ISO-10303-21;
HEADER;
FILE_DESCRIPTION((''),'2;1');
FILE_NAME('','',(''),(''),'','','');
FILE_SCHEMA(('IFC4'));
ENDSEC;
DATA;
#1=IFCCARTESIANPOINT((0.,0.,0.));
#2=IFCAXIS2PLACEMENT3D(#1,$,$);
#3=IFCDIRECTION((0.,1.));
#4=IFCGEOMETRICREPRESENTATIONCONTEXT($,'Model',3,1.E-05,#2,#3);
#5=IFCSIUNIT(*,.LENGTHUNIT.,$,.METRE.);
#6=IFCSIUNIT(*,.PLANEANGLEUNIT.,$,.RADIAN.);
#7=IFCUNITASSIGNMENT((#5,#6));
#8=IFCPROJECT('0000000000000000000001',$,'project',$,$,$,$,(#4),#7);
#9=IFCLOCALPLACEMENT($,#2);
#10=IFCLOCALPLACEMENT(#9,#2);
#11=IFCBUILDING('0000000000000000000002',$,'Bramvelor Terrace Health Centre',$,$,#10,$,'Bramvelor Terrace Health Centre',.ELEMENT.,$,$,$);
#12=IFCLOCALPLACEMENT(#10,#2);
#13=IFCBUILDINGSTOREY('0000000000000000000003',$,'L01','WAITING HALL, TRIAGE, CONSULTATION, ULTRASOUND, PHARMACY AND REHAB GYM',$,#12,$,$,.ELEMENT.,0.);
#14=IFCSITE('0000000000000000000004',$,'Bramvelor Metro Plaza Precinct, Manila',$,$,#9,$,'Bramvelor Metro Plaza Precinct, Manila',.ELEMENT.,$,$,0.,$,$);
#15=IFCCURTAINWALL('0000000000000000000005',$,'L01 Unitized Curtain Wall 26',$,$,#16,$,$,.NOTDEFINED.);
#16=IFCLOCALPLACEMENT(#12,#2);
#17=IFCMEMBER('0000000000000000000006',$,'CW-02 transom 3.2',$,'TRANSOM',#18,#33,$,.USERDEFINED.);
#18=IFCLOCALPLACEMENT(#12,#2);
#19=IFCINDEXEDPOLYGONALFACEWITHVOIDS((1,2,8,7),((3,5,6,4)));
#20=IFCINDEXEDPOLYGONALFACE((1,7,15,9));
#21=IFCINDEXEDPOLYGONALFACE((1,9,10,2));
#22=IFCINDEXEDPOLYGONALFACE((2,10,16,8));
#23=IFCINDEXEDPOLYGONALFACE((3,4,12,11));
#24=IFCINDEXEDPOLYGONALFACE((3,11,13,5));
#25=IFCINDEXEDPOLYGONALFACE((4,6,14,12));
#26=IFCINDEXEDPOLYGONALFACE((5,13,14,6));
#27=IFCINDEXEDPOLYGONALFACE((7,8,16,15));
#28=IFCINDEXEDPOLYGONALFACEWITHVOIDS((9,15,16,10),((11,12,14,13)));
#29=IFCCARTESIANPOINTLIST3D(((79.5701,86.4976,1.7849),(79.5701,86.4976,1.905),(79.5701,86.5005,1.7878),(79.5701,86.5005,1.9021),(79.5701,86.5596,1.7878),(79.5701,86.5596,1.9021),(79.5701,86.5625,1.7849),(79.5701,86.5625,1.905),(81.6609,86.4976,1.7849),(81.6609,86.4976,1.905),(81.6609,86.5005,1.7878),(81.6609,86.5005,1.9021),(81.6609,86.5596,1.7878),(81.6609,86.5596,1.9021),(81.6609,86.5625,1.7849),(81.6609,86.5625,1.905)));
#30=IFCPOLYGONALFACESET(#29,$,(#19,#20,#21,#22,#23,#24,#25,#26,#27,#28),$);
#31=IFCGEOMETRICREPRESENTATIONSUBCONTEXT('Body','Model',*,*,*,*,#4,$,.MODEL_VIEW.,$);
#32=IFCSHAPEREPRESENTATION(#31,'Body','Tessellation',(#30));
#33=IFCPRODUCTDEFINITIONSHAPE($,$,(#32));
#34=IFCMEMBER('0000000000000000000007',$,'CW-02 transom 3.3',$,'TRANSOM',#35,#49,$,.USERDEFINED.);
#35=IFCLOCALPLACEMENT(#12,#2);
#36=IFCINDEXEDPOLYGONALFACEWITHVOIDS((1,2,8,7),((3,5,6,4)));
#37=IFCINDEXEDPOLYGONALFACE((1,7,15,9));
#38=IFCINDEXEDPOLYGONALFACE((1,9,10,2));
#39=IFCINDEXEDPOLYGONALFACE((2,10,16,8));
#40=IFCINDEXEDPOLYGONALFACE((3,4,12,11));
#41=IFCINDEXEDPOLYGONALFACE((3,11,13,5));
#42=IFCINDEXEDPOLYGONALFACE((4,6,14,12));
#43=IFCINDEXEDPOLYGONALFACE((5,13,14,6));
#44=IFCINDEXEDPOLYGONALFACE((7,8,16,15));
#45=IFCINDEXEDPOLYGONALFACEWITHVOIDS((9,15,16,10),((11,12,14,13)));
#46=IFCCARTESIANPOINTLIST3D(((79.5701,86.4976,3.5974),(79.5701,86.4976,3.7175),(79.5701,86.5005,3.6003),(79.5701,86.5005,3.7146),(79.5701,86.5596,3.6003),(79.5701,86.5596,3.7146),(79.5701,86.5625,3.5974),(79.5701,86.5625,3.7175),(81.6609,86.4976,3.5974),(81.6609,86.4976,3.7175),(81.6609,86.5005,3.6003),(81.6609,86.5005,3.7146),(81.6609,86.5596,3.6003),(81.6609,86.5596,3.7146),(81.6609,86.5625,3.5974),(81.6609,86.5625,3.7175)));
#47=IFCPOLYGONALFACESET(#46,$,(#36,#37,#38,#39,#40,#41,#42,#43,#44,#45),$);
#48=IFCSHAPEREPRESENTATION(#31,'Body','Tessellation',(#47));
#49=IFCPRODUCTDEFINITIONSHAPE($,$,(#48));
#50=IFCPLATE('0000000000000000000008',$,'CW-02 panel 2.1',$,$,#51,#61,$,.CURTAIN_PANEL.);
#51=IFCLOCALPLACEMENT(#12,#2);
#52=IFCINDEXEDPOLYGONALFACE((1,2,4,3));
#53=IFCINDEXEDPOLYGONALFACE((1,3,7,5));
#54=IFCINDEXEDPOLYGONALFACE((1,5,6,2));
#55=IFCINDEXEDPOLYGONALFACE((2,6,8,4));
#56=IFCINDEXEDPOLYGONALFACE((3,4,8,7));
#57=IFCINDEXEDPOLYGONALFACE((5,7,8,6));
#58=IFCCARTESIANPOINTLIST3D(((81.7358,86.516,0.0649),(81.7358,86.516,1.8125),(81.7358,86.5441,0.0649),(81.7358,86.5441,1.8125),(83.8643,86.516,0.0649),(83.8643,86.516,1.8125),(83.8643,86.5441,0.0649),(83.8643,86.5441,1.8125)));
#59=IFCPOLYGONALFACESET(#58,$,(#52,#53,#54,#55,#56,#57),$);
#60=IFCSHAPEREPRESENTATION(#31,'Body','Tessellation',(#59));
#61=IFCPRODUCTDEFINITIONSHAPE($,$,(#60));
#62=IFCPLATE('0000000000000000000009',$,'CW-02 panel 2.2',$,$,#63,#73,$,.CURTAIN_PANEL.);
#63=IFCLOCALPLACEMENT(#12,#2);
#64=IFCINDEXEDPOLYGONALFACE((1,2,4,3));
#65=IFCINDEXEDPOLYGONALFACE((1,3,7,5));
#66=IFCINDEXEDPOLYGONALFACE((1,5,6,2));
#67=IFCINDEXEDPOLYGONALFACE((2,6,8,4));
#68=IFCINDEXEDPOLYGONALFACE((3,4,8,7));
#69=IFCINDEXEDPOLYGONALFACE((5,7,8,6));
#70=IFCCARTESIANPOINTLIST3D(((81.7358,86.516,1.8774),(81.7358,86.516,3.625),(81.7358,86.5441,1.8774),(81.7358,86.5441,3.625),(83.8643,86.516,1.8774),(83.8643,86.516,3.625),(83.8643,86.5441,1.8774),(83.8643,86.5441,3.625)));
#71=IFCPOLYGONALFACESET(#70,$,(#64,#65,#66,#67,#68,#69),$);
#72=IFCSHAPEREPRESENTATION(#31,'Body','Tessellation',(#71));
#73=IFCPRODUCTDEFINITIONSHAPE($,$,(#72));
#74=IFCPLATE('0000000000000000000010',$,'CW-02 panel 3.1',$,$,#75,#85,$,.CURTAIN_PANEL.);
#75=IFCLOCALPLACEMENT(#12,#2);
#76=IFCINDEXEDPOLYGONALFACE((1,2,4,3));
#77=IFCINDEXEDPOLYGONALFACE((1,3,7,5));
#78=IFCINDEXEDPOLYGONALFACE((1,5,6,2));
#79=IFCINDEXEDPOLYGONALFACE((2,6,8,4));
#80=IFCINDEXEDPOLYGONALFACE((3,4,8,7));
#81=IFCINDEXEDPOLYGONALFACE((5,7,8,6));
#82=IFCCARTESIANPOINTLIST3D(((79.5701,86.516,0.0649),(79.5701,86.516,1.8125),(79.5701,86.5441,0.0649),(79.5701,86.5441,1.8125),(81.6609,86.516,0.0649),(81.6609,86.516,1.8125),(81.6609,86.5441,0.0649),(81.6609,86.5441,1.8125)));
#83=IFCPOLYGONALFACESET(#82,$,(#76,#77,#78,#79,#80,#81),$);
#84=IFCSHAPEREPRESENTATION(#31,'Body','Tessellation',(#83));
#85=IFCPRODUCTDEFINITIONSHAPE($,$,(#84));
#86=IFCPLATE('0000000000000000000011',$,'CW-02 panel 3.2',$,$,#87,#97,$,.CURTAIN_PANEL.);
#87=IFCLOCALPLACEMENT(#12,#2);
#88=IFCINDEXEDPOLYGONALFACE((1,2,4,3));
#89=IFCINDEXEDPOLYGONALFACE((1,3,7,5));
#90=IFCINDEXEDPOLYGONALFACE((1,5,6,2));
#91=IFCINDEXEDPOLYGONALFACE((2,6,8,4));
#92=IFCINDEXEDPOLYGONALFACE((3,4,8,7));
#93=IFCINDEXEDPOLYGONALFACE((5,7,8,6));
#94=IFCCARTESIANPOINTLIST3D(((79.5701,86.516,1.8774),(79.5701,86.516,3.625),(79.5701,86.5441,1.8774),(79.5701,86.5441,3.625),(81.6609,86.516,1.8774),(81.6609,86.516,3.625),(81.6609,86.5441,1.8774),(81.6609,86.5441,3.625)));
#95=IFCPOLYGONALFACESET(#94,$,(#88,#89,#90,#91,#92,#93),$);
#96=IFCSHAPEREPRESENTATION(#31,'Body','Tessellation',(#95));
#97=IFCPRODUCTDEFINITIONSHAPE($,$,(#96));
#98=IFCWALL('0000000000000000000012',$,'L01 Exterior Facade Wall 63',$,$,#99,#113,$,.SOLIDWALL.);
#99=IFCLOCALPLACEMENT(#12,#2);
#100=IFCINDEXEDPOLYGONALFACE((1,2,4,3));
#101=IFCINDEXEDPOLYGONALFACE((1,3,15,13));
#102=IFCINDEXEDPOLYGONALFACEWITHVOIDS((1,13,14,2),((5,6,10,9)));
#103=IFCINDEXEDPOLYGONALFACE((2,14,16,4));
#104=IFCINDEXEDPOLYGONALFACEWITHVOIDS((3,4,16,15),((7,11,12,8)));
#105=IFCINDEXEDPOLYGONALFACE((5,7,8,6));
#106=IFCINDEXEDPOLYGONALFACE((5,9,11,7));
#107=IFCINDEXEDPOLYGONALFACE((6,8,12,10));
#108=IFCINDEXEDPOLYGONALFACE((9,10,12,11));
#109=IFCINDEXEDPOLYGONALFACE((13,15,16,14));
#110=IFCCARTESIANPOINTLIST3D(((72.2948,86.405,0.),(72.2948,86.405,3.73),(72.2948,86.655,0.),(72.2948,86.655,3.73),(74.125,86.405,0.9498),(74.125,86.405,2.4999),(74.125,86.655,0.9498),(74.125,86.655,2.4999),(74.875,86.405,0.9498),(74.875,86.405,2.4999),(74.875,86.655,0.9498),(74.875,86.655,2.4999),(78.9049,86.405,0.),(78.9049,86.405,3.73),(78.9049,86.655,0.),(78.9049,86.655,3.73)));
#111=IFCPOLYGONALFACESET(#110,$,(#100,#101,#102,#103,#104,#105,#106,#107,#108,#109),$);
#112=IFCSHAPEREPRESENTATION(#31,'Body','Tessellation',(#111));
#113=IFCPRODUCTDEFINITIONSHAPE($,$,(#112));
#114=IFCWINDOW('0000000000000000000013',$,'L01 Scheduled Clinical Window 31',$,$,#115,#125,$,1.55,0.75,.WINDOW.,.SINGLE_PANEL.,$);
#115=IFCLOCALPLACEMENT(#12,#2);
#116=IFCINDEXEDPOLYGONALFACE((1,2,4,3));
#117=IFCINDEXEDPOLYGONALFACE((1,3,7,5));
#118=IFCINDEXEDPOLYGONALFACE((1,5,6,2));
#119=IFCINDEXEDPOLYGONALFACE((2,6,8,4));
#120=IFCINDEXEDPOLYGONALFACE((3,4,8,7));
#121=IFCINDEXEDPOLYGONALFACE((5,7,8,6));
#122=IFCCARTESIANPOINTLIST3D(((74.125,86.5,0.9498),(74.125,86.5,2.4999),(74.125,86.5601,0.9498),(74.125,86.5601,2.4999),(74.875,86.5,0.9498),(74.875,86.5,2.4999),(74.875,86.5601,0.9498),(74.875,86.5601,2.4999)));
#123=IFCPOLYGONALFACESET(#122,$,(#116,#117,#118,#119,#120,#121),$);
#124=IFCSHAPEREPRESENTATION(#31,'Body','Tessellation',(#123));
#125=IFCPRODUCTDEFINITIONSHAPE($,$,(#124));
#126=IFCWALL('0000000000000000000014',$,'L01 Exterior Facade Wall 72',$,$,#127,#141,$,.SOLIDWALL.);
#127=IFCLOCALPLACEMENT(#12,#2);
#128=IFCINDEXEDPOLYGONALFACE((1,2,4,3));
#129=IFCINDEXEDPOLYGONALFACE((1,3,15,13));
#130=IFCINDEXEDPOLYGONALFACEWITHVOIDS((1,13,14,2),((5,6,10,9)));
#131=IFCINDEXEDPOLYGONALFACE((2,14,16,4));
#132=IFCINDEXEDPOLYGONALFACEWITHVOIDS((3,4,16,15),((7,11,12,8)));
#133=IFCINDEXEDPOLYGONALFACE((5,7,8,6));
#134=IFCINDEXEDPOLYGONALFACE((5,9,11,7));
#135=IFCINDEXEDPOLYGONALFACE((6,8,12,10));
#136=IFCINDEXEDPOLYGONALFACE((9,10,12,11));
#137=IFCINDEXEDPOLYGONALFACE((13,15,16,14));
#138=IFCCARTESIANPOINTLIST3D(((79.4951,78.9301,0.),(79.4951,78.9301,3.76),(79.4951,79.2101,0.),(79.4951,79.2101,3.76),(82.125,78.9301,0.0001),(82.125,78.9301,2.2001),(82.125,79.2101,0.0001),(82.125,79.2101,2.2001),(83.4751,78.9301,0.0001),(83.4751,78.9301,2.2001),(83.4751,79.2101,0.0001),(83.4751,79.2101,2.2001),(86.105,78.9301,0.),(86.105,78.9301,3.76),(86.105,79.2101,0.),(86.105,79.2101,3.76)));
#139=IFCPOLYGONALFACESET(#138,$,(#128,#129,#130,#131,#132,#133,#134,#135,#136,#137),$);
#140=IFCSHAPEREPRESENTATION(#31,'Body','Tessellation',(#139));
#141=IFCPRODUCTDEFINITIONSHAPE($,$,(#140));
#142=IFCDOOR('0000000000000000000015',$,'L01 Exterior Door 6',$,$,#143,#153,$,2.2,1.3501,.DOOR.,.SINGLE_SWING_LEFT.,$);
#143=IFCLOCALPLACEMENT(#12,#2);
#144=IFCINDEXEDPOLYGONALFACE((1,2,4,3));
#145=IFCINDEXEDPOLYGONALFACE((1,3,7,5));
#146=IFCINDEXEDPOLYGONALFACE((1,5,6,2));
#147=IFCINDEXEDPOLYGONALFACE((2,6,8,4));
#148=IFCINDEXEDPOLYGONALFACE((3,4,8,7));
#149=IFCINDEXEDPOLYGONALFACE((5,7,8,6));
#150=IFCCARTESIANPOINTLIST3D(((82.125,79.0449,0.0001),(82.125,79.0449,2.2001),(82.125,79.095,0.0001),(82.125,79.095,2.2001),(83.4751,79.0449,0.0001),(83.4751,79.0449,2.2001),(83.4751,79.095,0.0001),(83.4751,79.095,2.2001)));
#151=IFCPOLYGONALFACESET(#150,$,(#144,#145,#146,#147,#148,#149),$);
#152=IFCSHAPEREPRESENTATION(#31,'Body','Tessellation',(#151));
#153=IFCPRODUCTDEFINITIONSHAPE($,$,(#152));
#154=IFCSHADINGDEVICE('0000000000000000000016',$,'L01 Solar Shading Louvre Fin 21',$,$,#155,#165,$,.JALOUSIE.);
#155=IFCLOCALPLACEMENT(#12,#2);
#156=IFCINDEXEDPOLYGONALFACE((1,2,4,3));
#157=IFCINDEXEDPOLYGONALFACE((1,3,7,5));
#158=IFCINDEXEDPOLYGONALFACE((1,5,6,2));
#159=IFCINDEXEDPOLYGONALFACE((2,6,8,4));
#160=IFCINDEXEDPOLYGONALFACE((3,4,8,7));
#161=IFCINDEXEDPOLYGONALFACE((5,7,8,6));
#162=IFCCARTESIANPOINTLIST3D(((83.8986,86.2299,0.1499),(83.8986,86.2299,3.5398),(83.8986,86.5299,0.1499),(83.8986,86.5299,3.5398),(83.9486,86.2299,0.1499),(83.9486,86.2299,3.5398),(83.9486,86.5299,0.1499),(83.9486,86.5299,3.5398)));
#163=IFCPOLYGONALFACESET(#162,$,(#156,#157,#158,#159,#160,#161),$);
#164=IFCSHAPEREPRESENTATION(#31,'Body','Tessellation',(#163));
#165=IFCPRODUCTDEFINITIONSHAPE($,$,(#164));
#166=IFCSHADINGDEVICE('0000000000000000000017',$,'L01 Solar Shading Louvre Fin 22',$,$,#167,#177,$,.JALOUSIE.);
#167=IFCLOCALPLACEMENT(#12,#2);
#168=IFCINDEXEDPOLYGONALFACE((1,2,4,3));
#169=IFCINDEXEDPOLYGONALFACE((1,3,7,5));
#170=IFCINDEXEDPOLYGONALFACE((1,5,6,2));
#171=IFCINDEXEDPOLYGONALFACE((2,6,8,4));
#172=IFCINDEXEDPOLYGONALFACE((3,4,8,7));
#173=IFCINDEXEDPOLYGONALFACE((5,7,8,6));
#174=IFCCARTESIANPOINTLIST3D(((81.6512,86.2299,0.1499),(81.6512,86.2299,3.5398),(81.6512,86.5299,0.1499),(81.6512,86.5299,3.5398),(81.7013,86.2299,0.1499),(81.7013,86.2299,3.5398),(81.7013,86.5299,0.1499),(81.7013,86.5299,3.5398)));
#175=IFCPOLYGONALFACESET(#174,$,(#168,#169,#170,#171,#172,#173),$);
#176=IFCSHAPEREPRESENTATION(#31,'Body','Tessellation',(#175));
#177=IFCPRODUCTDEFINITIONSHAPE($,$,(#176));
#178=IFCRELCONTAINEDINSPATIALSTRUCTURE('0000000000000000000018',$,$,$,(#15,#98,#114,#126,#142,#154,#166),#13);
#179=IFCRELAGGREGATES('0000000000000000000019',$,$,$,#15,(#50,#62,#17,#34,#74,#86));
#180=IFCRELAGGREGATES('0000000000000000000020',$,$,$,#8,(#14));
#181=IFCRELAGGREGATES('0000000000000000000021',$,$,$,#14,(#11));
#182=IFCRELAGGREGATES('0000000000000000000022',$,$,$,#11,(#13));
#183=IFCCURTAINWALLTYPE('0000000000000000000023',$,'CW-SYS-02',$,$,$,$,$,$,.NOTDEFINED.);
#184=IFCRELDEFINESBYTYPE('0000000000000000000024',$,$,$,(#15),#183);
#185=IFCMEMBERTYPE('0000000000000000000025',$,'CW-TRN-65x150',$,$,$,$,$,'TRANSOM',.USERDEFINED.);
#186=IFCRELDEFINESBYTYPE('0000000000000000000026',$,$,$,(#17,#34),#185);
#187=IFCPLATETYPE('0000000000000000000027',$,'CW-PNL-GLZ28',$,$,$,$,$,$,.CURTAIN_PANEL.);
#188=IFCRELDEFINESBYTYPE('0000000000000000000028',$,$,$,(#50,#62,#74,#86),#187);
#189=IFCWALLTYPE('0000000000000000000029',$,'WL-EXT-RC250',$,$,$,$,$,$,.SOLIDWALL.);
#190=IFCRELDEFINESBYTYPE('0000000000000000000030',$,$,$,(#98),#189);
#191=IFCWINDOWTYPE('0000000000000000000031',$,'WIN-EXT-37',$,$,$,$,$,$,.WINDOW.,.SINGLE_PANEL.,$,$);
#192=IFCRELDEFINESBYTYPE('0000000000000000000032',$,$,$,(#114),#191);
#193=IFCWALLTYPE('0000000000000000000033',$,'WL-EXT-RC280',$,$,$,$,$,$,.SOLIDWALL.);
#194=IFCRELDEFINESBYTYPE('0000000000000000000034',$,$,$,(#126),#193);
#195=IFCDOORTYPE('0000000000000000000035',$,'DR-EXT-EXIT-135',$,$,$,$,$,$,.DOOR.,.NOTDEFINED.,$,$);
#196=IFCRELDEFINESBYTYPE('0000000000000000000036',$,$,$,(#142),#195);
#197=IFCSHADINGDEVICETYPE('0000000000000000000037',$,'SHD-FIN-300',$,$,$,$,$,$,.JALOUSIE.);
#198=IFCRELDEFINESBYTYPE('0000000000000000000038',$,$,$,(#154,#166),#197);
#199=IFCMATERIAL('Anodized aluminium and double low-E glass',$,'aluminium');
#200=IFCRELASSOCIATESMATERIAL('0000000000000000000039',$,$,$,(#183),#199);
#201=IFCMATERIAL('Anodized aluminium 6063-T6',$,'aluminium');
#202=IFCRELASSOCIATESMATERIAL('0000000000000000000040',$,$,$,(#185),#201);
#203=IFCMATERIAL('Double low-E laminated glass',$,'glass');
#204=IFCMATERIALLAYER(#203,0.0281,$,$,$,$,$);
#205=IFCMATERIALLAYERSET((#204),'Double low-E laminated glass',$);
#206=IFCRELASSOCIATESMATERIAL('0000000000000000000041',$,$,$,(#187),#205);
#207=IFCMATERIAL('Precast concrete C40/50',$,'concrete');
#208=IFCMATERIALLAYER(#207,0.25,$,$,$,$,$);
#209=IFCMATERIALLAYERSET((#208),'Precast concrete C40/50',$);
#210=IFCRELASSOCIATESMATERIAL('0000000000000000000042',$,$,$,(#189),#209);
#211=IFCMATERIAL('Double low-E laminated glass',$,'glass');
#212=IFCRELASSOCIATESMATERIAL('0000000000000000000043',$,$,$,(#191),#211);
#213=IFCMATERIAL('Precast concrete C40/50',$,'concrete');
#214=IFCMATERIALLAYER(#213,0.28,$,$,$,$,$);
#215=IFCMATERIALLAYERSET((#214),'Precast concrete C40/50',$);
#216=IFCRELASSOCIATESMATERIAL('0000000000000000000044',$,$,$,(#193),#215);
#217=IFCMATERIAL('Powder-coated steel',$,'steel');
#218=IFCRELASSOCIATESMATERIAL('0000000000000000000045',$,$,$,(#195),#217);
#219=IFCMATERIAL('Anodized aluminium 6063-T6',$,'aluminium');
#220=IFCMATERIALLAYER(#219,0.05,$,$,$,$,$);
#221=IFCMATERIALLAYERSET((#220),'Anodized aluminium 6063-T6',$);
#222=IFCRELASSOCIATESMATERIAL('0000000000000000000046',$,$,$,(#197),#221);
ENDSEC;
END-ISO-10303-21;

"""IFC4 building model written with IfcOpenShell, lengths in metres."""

from ifc_helpers import new_model, si_unit, direction, frame, frame_2d, origin, origin_2d, place, context, subcontext, project, spatial, rectangle, hollow_rectangle, extrude, material, layer, layer_set, material_profile, profile_set, type_object, element, fill, aggregate, save


model = new_model("IFC4")

# Units and contexts
model_context = context("Model", 3, precision=1e-05, world=origin(), true_north=direction((0.0, 1.0)))
body_context = subcontext(model_context, "Body", "Model", "MODEL_VIEW")
ifc_project = project(units=[si_unit("LENGTHUNIT", "METRE"), si_unit("PLANEANGLEUNIT", "RADIAN")], contexts=[model_context])

# Site, building, storey
site_placement = place(None, origin())
site = spatial("IfcSite", under=ifc_project, at=site_placement, Name="Bramvelor Metro Plaza Precinct, Manila", LongName="Bramvelor Metro Plaza Precinct, Manila", CompositionType="ELEMENT", RefElevation=0.0)
building_placement = place(site_placement, origin())
building = spatial("IfcBuilding", under=site, at=building_placement, Name="Bramvelor Terrace Health Centre", LongName="Bramvelor Terrace Health Centre", CompositionType="ELEMENT")
storey_placement = place(building_placement, origin())
storey = spatial("IfcBuildingStorey", under=building, at=storey_placement, Name="L01", Description="WAITING HALL, TRIAGE, CONSULTATION, ULTRASOUND, PHARMACY AND REHAB GYM", CompositionType="ELEMENT", Elevation=0.0)

# Curtain wall
ifc_material_1 = material(Name="Anodized aluminium and double low-E glass", Category="aluminium")
curtain_wall_type = type_object("IfcCurtainWallType", Name="CW-SYS-02", PredefinedType="NOTDEFINED", material=ifc_material_1)
curtain_wall_1_placement = place(storey_placement, origin())
curtain_wall_1 = element("IfcCurtainWall", 1, at=curtain_wall_1_placement, inside=storey, type_object=curtain_wall_type, Name="L01 Unitized Curtain Wall 26", PredefinedType="NOTDEFINED")

# Members
ifc_material_2 = material(Name="Anodized aluminium 6063-T6", Category="aluminium")
ifc_material_profile_1 = material_profile(ifc_material_2, hollow_rectangle(XDim=0.0649, YDim=0.1201, WallThickness=0.0029, at=origin_2d()), Name="ALU-TRN 65x120x3.0")
ifc_profile_set_1 = profile_set([ifc_material_profile_1], Name="Anodized aluminium 6063-T6")
member_type_1 = type_object("IfcMemberType", Name="CW-TRN-65x150", ElementType="TRANSOM", PredefinedType="USERDEFINED", material=ifc_profile_set_1)
member_1_placement = place(storey_placement, frame((81.6609, 86.53, 1.845), z_axis=(-1.0, 0.0, 0.0), x_axis=(0.0, -1.0, 0.0)))
member_1 = element("IfcMember", 2, at=member_1_placement, type_object=member_type_1, Name="CW-02 transom 3.2", ObjectType="TRANSOM", PredefinedType="USERDEFINED", context=body_context, shape_type="SweptSolid", body=[
    extrude(hollow_rectangle(XDim=0.0649, YDim=0.1201, WallThickness=0.0029, at=origin_2d()), origin(), (0.0, 0.0, 1.0), 2.0908),
])
member_2_placement = place(storey_placement, frame((81.6609, 86.53, 3.6575), z_axis=(-1.0, 0.0, 0.0), x_axis=(0.0, -1.0, 0.0)))
member_2 = element("IfcMember", 3, at=member_2_placement, type_object=member_type_1, Name="CW-02 transom 3.3", ObjectType="TRANSOM", PredefinedType="USERDEFINED", context=body_context, shape_type="SweptSolid", body=[
    extrude(hollow_rectangle(XDim=0.0649, YDim=0.1201, WallThickness=0.0029, at=origin_2d()), origin(), (0.0, 0.0, 1.0), 2.0908),
])

# Plates
ifc_material_3 = material(Name="Double low-E laminated glass", Category="glass")
ifc_layer_1 = layer(ifc_material_3, 0.0281)
ifc_layer_set_1 = layer_set([ifc_layer_1], Name="Double low-E laminated glass")
plate_type = type_object("IfcPlateType", Name="CW-PNL-GLZ28", PredefinedType="CURTAIN_PANEL", material=ifc_layer_set_1)
plate_1_placement = place(storey_placement, frame((82.8, 86.53, 0.0649), z_axis=(0.0, 0.0, 1.0), x_axis=(-1.0, 0.0, 0.0)))
plate_1 = element("IfcPlate", 4, at=plate_1_placement, type_object=plate_type, Name="CW-02 panel 2.1", PredefinedType="CURTAIN_PANEL", context=body_context, shape_type="SweptSolid", body=[
    extrude(rectangle(XDim=2.1284, YDim=0.0281, at=origin_2d()), origin(), (0.0, 0.0, 1.0), 1.7476),
])
plate_2_placement = place(storey_placement, frame((82.8, 86.53, 1.8774), z_axis=(0.0, 0.0, 1.0), x_axis=(-1.0, 0.0, 0.0)))
plate_2 = element("IfcPlate", 5, at=plate_2_placement, type_object=plate_type, Name="CW-02 panel 2.2", PredefinedType="CURTAIN_PANEL", context=body_context, shape_type="SweptSolid", body=[
    extrude(rectangle(XDim=2.1284, YDim=0.0281, at=origin_2d()), origin(), (0.0, 0.0, 1.0), 1.7476),
])
plate_3_placement = place(storey_placement, frame((80.6155, 86.53, 0.0649), z_axis=(0.0, 0.0, 1.0), x_axis=(-1.0, 0.0, 0.0)))
plate_3 = element("IfcPlate", 6, at=plate_3_placement, type_object=plate_type, Name="CW-02 panel 3.1", PredefinedType="CURTAIN_PANEL", context=body_context, shape_type="SweptSolid", body=[
    extrude(rectangle(XDim=2.0908, YDim=0.0281, at=origin_2d()), origin(), (0.0, 0.0, 1.0), 1.7476),
])
plate_4_placement = place(storey_placement, frame((80.6155, 86.53, 1.8774), z_axis=(0.0, 0.0, 1.0), x_axis=(-1.0, 0.0, 0.0)))
plate_4 = element("IfcPlate", 7, at=plate_4_placement, type_object=plate_type, Name="CW-02 panel 3.2", PredefinedType="CURTAIN_PANEL", context=body_context, shape_type="SweptSolid", body=[
    extrude(rectangle(XDim=2.0908, YDim=0.0281, at=origin_2d()), origin(), (0.0, 0.0, 1.0), 1.7476),
])
aggregate(curtain_wall_1, [plate_1, plate_2, member_1, member_2, plate_3, plate_4])

# Wall, opening, window
ifc_material_4 = material(Name="Precast concrete C40/50", Category="concrete")
ifc_layer_2 = layer(ifc_material_4, 0.25)
ifc_layer_set_2 = layer_set([ifc_layer_2], Name="Precast concrete C40/50")
wall_type_1 = type_object("IfcWallType", Name="WL-EXT-RC250", PredefinedType="SOLIDWALL", material=ifc_layer_set_2)
wall_1_placement = place(storey_placement, frame((78.905, 86.53, 0.0), z_axis=(0.0, 0.0, 1.0), x_axis=(-1.0, 0.0, 0.0)))
wall_1 = element("IfcWall", 8, at=wall_1_placement, inside=storey, type_object=wall_type_1, Name="L01 Exterior Facade Wall 63", PredefinedType="SOLIDWALL", context=body_context, shape_type="SweptSolid", body=[
    extrude(rectangle(XDim=6.6101, YDim=0.25, at=frame_2d((3.3052, 0.0))), origin(), (0.0, 0.0, 1.0), 3.73),
])
opening_1_placement = place(wall_1_placement, frame((4.03, 0.0, 0.95)))
opening_1 = element("IfcOpeningElement", 9, at=opening_1_placement, cuts=wall_1, PredefinedType="OPENING", context=body_context, shape_type="SweptSolid", body=[
    extrude(rectangle(XDim=0.75, YDim=1.55, at=frame_2d((0.375, 0.7749))), frame((0.0, 0.135, 0.0), z_axis=(0.0, -1.0, 0.0), x_axis=(1.0, 0.0, 0.0)), (0.0, 0.0, 1.0), 0.27),
])
ifc_material_5 = material(Name="Double low-E laminated glass", Category="glass")
window_type = type_object("IfcWindowType", Name="WIN-EXT-37", PartitioningType="SINGLE_PANEL", PredefinedType="WINDOW", material=ifc_material_5)
window_placement = place(opening_1_placement, origin())
window = element("IfcWindow", 10, at=window_placement, inside=storey, type_object=window_type, Name="L01 Scheduled Clinical Window 31", OverallHeight=1.55, OverallWidth=0.75, PartitioningType="SINGLE_PANEL", PredefinedType="WINDOW", context=body_context, shape_type="SweptSolid", body=[
    extrude(rectangle(XDim=0.75, YDim=1.55, at=frame_2d((0.375, 0.7749))), frame((0.0, 0.03, 0.0), z_axis=(0.0, -1.0, 0.0), x_axis=(1.0, 0.0, 0.0)), (0.0, 0.0, 1.0), 0.0601),
])
fill(opening_1, window)

# Wall, opening, door
ifc_material_6 = material(Name="Precast concrete C40/50", Category="concrete")
ifc_layer_3 = layer(ifc_material_6, 0.28)
ifc_layer_set_3 = layer_set([ifc_layer_3], Name="Precast concrete C40/50")
wall_type_2 = type_object("IfcWallType", Name="WL-EXT-RC280", PredefinedType="SOLIDWALL", material=ifc_layer_set_3)
wall_2_placement = place(storey_placement, frame((79.4951, 79.0701, 0.0), z_axis=(0.0, 0.0, 1.0), x_axis=(1.0, 0.0, 0.0)))
wall_2 = element("IfcWall", 11, at=wall_2_placement, inside=storey, type_object=wall_type_2, Name="L01 Exterior Facade Wall 72", PredefinedType="SOLIDWALL", context=body_context, shape_type="SweptSolid", body=[
    extrude(rectangle(XDim=6.6099, YDim=0.28, at=frame_2d((3.3049, 0.0))), origin(), (0.0, 0.0, 1.0), 3.76),
])
opening_2_placement = place(wall_2_placement, frame((2.6299, 0.0, 0.0)))
opening_2 = element("IfcOpeningElement", 12, at=opening_2_placement, cuts=wall_2, PredefinedType="OPENING", context=body_context, shape_type="SweptSolid", body=[
    extrude(rectangle(XDim=1.3501, YDim=2.2, at=frame_2d((0.675, 1.1001))), frame((0.0, 0.1499, 0.0), z_axis=(0.0, -1.0, 0.0), x_axis=(1.0, 0.0, 0.0)), (0.0, 0.0, 1.0), 0.3),
])
ifc_material_7 = material(Name="Powder-coated steel", Category="steel")
door_type = type_object("IfcDoorType", Name="DR-EXT-EXIT-135", OperationType="NOTDEFINED", PredefinedType="DOOR", material=ifc_material_7)
door_placement = place(opening_2_placement, origin())
door = element("IfcDoor", 13, at=door_placement, inside=storey, type_object=door_type, Name="L01 Exterior Door 6", OperationType="SINGLE_SWING_LEFT", OverallHeight=2.2, OverallWidth=1.3501, PredefinedType="DOOR", context=body_context, shape_type="SweptSolid", body=[
    extrude(rectangle(XDim=1.3501, YDim=2.2, at=frame_2d((0.675, 1.1001))), frame((0.0, 0.0249, 0.0), z_axis=(0.0, -1.0, 0.0), x_axis=(1.0, 0.0, 0.0)), (0.0, 0.0, 1.0), 0.05),
])
fill(opening_2, door)

# Shading devices
ifc_material_8 = material(Name="Anodized aluminium 6063-T6", Category="aluminium")
ifc_layer_4 = layer(ifc_material_8, 0.05)
ifc_layer_set_4 = layer_set([ifc_layer_4], Name="Anodized aluminium 6063-T6")
shading_device_type = type_object("IfcShadingDeviceType", Name="SHD-FIN-300", PredefinedType="JALOUSIE", material=ifc_layer_set_4)
for number, where, z_axis, x_axis, name in (
    (14, (83.9236, 86.3799, 0.1499), (0.0, 0.0, 1.0), (1.0, 0.0, 0.0), "L01 Solar Shading Louvre Fin 21"),
    (15, (81.6763, 86.3799, 0.1499), (0.0, 0.0, 1.0), (1.0, 0.0, 0.0), "L01 Solar Shading Louvre Fin 22"),
):
    element("IfcShadingDevice", number, at=place(storey_placement, frame(where, z_axis=z_axis, x_axis=x_axis)), inside=storey, type_object=shading_device_type, Name=name, PredefinedType="JALOUSIE", context=body_context, shape_type="SweptSolid", body=[
        extrude(rectangle(XDim=0.05, YDim=0.3, at=origin_2d()), origin(), (0.0, 0.0, 1.0), 3.3899),
    ])

save(model, "model.ifc")
